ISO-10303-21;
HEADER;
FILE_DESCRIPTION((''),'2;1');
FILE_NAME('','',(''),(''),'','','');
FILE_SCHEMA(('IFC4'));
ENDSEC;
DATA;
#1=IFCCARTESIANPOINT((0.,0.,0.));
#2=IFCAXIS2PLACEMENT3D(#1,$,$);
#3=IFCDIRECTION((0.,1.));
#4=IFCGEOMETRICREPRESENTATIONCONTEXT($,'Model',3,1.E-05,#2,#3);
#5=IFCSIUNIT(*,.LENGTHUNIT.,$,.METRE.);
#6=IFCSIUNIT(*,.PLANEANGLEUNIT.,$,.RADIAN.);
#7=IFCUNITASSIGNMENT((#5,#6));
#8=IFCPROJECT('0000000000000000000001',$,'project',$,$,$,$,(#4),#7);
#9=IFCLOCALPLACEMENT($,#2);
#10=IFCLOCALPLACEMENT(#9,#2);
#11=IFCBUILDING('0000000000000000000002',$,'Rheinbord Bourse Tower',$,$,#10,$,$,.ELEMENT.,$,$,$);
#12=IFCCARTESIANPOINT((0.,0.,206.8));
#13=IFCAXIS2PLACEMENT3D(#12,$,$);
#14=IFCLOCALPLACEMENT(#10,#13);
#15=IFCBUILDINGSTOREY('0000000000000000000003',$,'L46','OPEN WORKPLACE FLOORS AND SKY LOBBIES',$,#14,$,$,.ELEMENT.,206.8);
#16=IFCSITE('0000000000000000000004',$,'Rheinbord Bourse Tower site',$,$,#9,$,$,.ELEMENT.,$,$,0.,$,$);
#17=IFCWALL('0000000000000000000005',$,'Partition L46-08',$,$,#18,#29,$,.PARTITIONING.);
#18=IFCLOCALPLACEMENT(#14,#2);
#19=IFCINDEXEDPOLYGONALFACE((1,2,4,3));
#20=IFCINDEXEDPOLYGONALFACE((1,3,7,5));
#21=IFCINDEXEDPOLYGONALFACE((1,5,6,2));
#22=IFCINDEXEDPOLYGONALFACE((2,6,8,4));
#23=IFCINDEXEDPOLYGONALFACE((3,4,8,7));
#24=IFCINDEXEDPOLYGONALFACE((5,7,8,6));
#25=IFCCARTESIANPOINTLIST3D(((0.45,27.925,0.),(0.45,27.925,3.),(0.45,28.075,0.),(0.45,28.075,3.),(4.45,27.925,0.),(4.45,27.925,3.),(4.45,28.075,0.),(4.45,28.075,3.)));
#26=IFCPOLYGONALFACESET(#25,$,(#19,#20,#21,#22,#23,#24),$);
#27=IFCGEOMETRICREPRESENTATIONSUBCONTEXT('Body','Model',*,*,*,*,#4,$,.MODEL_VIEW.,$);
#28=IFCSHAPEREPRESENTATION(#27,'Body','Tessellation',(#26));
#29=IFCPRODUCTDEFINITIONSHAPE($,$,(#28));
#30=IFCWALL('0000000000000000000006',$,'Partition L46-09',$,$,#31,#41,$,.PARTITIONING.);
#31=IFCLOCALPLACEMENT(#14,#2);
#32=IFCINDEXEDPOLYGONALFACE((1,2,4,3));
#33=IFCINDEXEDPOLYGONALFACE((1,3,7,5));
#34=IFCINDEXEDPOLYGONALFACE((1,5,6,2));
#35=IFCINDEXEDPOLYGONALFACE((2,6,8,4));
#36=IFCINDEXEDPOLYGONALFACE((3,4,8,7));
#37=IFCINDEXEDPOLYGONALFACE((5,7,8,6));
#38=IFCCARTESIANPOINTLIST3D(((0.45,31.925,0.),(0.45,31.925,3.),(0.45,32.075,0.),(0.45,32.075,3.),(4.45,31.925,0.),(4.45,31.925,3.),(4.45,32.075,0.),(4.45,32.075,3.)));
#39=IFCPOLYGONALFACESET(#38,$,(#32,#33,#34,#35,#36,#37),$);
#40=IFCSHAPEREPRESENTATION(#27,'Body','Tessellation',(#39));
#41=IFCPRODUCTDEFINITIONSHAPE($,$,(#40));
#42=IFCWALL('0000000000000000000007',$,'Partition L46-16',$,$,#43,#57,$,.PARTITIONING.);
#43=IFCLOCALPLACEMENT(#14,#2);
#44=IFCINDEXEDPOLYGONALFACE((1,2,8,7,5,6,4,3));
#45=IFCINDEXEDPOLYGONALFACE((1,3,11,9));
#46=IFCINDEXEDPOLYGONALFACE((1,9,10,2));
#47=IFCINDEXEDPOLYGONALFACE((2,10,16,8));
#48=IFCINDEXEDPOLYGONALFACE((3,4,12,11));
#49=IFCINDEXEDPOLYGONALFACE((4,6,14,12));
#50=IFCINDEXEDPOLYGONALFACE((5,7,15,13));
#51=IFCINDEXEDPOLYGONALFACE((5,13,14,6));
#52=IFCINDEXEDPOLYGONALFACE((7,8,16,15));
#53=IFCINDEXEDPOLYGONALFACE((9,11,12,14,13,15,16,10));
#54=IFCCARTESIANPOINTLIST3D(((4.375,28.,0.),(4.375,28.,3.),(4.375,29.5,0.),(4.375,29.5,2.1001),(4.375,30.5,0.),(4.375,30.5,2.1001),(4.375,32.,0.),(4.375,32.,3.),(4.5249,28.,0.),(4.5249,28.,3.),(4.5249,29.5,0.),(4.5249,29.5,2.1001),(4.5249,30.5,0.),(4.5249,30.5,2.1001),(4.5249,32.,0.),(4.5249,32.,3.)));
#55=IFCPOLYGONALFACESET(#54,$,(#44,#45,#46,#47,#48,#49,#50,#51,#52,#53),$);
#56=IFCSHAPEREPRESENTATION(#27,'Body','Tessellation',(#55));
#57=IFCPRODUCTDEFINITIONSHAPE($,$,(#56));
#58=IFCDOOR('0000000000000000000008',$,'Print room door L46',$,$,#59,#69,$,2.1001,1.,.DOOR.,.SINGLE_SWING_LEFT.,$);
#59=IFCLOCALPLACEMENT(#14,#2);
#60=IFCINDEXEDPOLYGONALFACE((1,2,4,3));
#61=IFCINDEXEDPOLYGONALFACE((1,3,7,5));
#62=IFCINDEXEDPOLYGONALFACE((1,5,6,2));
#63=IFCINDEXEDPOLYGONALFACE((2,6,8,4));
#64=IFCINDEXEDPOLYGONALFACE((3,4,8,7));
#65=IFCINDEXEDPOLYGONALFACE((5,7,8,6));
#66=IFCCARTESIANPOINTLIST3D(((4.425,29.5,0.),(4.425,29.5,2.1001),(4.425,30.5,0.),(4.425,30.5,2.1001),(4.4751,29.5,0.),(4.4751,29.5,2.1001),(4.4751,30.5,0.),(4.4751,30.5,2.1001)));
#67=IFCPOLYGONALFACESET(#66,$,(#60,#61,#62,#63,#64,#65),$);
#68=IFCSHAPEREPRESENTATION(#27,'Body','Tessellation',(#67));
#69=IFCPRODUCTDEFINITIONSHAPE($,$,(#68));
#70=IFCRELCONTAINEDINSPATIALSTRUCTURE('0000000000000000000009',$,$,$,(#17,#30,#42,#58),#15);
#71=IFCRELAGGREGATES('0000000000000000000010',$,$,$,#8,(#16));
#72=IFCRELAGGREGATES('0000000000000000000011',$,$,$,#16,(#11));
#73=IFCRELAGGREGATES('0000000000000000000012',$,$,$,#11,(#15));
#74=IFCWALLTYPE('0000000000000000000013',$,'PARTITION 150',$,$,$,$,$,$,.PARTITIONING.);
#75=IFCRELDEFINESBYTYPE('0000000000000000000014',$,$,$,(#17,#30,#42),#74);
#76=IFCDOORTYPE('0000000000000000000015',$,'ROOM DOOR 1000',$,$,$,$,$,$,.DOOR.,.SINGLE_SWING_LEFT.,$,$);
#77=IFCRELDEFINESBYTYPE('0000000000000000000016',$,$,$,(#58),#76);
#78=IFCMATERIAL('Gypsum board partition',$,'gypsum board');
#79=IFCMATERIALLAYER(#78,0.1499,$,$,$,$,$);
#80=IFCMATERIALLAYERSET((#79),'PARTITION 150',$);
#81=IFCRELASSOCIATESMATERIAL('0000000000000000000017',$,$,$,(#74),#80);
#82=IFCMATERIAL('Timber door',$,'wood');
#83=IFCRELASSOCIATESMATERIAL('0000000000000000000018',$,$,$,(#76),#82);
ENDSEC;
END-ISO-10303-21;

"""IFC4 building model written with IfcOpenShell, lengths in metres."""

from ifc_helpers import new_model, si_unit, direction, frame, frame_2d, origin, place, context, subcontext, project, spatial, rectangle, extrude, material, layer, layer_set, type_object, element, fill, save


model = new_model("IFC4")

# Units and contexts
model_context = context("Model", 3, precision=1e-05, world=origin(), true_north=direction((0.0, 1.0)))
body_context = subcontext(model_context, "Body", "Model", "MODEL_VIEW")
ifc_project = project(units=[si_unit("LENGTHUNIT", "METRE"), si_unit("PLANEANGLEUNIT", "RADIAN")], contexts=[model_context])

# Site, building, storey
site_placement = place(None, origin())
site = spatial("IfcSite", under=ifc_project, at=site_placement, Name="Rheinbord Bourse Tower site", CompositionType="ELEMENT", RefElevation=0.0)
building_placement = place(site_placement, origin())
building = spatial("IfcBuilding", under=site, at=building_placement, Name="Rheinbord Bourse Tower", CompositionType="ELEMENT")
storey_placement = place(building_placement, frame((0.0, 0.0, 206.8)))
storey = spatial("IfcBuildingStorey", under=building, at=storey_placement, Name="L46", Description="OPEN WORKPLACE FLOORS AND SKY LOBBIES", CompositionType="ELEMENT", Elevation=206.8)

# Walls
ifc_material_1 = material(Name="Gypsum board partition", Category="gypsum board")
ifc_layer_1 = layer(ifc_material_1, 0.1499)
ifc_layer_set_1 = layer_set([ifc_layer_1], Name="PARTITION 150")
wall_type = type_object("IfcWallType", Name="PARTITION 150", PredefinedType="PARTITIONING", material=ifc_layer_set_1)
for number, where, z_axis, x_axis, name in (
    (1, (0.45, 28.0, 0.0), (0.0, 0.0, 1.0), (1.0, 0.0, 0.0), "Partition L46-08"),
    (2, (0.45, 32.0, 0.0), (0.0, 0.0, 1.0), (1.0, 0.0, 0.0), "Partition L46-09"),
):
    element("IfcWall", number, at=place(storey_placement, frame(where, z_axis=z_axis, x_axis=x_axis)), inside=storey, type_object=wall_type, Name=name, PredefinedType="PARTITIONING", context=body_context, shape_type="SweptSolid", body=[
        extrude(rectangle(XDim=4.0, YDim=0.1499, at=frame_2d((2.0, 0.0))), origin(), (0.0, 0.0, 1.0), 3.0),
    ])

# Wall, opening, door
wall_1_placement = place(storey_placement, frame((4.45, 28.0, 0.0), z_axis=(0.0, 0.0, 1.0), x_axis=(0.0, 1.0, 0.0)))
wall_1 = element("IfcWall", 3, at=wall_1_placement, inside=storey, type_object=wall_type, Name="Partition L46-16", PredefinedType="PARTITIONING", context=body_context, shape_type="SweptSolid", body=[
    extrude(rectangle(XDim=4.0, YDim=0.1499, at=frame_2d((2.0, 0.0))), origin(), (0.0, 0.0, 1.0), 3.0),
])
opening_placement = place(wall_1_placement, frame((1.5, 0.0, 0.0)))
opening = element("IfcOpeningElement", 4, at=opening_placement, cuts=wall_1, PredefinedType="OPENING", context=body_context, shape_type="SweptSolid", body=[
    extrude(rectangle(XDim=1.0, YDim=2.1001, at=frame_2d((0.5, 1.05))), frame((0.0, 0.085, 0.0), z_axis=(0.0, -1.0, 0.0), x_axis=(1.0, 0.0, 0.0)), (0.0, 0.0, 1.0), 0.1699),
])
ifc_material_2 = material(Name="Timber door", Category="wood")
door_type = type_object("IfcDoorType", Name="ROOM DOOR 1000", OperationType="SINGLE_SWING_LEFT", PredefinedType="DOOR", material=ifc_material_2)
door_placement = place(opening_placement, origin())
door = element("IfcDoor", 5, at=door_placement, inside=storey, type_object=door_type, Name="Print room door L46", OperationType="SINGLE_SWING_LEFT", OverallHeight=2.1001, OverallWidth=1.0, PredefinedType="DOOR", context=body_context, shape_type="SweptSolid", body=[
    extrude(rectangle(XDim=1.0, YDim=2.1001, at=frame_2d((0.5, 1.05))), frame((0.0, 0.0249, 0.0), z_axis=(0.0, -1.0, 0.0), x_axis=(1.0, 0.0, 0.0)), (0.0, 0.0, 1.0), 0.05),
])
fill(opening, door)

save(model, "model.ifc")
